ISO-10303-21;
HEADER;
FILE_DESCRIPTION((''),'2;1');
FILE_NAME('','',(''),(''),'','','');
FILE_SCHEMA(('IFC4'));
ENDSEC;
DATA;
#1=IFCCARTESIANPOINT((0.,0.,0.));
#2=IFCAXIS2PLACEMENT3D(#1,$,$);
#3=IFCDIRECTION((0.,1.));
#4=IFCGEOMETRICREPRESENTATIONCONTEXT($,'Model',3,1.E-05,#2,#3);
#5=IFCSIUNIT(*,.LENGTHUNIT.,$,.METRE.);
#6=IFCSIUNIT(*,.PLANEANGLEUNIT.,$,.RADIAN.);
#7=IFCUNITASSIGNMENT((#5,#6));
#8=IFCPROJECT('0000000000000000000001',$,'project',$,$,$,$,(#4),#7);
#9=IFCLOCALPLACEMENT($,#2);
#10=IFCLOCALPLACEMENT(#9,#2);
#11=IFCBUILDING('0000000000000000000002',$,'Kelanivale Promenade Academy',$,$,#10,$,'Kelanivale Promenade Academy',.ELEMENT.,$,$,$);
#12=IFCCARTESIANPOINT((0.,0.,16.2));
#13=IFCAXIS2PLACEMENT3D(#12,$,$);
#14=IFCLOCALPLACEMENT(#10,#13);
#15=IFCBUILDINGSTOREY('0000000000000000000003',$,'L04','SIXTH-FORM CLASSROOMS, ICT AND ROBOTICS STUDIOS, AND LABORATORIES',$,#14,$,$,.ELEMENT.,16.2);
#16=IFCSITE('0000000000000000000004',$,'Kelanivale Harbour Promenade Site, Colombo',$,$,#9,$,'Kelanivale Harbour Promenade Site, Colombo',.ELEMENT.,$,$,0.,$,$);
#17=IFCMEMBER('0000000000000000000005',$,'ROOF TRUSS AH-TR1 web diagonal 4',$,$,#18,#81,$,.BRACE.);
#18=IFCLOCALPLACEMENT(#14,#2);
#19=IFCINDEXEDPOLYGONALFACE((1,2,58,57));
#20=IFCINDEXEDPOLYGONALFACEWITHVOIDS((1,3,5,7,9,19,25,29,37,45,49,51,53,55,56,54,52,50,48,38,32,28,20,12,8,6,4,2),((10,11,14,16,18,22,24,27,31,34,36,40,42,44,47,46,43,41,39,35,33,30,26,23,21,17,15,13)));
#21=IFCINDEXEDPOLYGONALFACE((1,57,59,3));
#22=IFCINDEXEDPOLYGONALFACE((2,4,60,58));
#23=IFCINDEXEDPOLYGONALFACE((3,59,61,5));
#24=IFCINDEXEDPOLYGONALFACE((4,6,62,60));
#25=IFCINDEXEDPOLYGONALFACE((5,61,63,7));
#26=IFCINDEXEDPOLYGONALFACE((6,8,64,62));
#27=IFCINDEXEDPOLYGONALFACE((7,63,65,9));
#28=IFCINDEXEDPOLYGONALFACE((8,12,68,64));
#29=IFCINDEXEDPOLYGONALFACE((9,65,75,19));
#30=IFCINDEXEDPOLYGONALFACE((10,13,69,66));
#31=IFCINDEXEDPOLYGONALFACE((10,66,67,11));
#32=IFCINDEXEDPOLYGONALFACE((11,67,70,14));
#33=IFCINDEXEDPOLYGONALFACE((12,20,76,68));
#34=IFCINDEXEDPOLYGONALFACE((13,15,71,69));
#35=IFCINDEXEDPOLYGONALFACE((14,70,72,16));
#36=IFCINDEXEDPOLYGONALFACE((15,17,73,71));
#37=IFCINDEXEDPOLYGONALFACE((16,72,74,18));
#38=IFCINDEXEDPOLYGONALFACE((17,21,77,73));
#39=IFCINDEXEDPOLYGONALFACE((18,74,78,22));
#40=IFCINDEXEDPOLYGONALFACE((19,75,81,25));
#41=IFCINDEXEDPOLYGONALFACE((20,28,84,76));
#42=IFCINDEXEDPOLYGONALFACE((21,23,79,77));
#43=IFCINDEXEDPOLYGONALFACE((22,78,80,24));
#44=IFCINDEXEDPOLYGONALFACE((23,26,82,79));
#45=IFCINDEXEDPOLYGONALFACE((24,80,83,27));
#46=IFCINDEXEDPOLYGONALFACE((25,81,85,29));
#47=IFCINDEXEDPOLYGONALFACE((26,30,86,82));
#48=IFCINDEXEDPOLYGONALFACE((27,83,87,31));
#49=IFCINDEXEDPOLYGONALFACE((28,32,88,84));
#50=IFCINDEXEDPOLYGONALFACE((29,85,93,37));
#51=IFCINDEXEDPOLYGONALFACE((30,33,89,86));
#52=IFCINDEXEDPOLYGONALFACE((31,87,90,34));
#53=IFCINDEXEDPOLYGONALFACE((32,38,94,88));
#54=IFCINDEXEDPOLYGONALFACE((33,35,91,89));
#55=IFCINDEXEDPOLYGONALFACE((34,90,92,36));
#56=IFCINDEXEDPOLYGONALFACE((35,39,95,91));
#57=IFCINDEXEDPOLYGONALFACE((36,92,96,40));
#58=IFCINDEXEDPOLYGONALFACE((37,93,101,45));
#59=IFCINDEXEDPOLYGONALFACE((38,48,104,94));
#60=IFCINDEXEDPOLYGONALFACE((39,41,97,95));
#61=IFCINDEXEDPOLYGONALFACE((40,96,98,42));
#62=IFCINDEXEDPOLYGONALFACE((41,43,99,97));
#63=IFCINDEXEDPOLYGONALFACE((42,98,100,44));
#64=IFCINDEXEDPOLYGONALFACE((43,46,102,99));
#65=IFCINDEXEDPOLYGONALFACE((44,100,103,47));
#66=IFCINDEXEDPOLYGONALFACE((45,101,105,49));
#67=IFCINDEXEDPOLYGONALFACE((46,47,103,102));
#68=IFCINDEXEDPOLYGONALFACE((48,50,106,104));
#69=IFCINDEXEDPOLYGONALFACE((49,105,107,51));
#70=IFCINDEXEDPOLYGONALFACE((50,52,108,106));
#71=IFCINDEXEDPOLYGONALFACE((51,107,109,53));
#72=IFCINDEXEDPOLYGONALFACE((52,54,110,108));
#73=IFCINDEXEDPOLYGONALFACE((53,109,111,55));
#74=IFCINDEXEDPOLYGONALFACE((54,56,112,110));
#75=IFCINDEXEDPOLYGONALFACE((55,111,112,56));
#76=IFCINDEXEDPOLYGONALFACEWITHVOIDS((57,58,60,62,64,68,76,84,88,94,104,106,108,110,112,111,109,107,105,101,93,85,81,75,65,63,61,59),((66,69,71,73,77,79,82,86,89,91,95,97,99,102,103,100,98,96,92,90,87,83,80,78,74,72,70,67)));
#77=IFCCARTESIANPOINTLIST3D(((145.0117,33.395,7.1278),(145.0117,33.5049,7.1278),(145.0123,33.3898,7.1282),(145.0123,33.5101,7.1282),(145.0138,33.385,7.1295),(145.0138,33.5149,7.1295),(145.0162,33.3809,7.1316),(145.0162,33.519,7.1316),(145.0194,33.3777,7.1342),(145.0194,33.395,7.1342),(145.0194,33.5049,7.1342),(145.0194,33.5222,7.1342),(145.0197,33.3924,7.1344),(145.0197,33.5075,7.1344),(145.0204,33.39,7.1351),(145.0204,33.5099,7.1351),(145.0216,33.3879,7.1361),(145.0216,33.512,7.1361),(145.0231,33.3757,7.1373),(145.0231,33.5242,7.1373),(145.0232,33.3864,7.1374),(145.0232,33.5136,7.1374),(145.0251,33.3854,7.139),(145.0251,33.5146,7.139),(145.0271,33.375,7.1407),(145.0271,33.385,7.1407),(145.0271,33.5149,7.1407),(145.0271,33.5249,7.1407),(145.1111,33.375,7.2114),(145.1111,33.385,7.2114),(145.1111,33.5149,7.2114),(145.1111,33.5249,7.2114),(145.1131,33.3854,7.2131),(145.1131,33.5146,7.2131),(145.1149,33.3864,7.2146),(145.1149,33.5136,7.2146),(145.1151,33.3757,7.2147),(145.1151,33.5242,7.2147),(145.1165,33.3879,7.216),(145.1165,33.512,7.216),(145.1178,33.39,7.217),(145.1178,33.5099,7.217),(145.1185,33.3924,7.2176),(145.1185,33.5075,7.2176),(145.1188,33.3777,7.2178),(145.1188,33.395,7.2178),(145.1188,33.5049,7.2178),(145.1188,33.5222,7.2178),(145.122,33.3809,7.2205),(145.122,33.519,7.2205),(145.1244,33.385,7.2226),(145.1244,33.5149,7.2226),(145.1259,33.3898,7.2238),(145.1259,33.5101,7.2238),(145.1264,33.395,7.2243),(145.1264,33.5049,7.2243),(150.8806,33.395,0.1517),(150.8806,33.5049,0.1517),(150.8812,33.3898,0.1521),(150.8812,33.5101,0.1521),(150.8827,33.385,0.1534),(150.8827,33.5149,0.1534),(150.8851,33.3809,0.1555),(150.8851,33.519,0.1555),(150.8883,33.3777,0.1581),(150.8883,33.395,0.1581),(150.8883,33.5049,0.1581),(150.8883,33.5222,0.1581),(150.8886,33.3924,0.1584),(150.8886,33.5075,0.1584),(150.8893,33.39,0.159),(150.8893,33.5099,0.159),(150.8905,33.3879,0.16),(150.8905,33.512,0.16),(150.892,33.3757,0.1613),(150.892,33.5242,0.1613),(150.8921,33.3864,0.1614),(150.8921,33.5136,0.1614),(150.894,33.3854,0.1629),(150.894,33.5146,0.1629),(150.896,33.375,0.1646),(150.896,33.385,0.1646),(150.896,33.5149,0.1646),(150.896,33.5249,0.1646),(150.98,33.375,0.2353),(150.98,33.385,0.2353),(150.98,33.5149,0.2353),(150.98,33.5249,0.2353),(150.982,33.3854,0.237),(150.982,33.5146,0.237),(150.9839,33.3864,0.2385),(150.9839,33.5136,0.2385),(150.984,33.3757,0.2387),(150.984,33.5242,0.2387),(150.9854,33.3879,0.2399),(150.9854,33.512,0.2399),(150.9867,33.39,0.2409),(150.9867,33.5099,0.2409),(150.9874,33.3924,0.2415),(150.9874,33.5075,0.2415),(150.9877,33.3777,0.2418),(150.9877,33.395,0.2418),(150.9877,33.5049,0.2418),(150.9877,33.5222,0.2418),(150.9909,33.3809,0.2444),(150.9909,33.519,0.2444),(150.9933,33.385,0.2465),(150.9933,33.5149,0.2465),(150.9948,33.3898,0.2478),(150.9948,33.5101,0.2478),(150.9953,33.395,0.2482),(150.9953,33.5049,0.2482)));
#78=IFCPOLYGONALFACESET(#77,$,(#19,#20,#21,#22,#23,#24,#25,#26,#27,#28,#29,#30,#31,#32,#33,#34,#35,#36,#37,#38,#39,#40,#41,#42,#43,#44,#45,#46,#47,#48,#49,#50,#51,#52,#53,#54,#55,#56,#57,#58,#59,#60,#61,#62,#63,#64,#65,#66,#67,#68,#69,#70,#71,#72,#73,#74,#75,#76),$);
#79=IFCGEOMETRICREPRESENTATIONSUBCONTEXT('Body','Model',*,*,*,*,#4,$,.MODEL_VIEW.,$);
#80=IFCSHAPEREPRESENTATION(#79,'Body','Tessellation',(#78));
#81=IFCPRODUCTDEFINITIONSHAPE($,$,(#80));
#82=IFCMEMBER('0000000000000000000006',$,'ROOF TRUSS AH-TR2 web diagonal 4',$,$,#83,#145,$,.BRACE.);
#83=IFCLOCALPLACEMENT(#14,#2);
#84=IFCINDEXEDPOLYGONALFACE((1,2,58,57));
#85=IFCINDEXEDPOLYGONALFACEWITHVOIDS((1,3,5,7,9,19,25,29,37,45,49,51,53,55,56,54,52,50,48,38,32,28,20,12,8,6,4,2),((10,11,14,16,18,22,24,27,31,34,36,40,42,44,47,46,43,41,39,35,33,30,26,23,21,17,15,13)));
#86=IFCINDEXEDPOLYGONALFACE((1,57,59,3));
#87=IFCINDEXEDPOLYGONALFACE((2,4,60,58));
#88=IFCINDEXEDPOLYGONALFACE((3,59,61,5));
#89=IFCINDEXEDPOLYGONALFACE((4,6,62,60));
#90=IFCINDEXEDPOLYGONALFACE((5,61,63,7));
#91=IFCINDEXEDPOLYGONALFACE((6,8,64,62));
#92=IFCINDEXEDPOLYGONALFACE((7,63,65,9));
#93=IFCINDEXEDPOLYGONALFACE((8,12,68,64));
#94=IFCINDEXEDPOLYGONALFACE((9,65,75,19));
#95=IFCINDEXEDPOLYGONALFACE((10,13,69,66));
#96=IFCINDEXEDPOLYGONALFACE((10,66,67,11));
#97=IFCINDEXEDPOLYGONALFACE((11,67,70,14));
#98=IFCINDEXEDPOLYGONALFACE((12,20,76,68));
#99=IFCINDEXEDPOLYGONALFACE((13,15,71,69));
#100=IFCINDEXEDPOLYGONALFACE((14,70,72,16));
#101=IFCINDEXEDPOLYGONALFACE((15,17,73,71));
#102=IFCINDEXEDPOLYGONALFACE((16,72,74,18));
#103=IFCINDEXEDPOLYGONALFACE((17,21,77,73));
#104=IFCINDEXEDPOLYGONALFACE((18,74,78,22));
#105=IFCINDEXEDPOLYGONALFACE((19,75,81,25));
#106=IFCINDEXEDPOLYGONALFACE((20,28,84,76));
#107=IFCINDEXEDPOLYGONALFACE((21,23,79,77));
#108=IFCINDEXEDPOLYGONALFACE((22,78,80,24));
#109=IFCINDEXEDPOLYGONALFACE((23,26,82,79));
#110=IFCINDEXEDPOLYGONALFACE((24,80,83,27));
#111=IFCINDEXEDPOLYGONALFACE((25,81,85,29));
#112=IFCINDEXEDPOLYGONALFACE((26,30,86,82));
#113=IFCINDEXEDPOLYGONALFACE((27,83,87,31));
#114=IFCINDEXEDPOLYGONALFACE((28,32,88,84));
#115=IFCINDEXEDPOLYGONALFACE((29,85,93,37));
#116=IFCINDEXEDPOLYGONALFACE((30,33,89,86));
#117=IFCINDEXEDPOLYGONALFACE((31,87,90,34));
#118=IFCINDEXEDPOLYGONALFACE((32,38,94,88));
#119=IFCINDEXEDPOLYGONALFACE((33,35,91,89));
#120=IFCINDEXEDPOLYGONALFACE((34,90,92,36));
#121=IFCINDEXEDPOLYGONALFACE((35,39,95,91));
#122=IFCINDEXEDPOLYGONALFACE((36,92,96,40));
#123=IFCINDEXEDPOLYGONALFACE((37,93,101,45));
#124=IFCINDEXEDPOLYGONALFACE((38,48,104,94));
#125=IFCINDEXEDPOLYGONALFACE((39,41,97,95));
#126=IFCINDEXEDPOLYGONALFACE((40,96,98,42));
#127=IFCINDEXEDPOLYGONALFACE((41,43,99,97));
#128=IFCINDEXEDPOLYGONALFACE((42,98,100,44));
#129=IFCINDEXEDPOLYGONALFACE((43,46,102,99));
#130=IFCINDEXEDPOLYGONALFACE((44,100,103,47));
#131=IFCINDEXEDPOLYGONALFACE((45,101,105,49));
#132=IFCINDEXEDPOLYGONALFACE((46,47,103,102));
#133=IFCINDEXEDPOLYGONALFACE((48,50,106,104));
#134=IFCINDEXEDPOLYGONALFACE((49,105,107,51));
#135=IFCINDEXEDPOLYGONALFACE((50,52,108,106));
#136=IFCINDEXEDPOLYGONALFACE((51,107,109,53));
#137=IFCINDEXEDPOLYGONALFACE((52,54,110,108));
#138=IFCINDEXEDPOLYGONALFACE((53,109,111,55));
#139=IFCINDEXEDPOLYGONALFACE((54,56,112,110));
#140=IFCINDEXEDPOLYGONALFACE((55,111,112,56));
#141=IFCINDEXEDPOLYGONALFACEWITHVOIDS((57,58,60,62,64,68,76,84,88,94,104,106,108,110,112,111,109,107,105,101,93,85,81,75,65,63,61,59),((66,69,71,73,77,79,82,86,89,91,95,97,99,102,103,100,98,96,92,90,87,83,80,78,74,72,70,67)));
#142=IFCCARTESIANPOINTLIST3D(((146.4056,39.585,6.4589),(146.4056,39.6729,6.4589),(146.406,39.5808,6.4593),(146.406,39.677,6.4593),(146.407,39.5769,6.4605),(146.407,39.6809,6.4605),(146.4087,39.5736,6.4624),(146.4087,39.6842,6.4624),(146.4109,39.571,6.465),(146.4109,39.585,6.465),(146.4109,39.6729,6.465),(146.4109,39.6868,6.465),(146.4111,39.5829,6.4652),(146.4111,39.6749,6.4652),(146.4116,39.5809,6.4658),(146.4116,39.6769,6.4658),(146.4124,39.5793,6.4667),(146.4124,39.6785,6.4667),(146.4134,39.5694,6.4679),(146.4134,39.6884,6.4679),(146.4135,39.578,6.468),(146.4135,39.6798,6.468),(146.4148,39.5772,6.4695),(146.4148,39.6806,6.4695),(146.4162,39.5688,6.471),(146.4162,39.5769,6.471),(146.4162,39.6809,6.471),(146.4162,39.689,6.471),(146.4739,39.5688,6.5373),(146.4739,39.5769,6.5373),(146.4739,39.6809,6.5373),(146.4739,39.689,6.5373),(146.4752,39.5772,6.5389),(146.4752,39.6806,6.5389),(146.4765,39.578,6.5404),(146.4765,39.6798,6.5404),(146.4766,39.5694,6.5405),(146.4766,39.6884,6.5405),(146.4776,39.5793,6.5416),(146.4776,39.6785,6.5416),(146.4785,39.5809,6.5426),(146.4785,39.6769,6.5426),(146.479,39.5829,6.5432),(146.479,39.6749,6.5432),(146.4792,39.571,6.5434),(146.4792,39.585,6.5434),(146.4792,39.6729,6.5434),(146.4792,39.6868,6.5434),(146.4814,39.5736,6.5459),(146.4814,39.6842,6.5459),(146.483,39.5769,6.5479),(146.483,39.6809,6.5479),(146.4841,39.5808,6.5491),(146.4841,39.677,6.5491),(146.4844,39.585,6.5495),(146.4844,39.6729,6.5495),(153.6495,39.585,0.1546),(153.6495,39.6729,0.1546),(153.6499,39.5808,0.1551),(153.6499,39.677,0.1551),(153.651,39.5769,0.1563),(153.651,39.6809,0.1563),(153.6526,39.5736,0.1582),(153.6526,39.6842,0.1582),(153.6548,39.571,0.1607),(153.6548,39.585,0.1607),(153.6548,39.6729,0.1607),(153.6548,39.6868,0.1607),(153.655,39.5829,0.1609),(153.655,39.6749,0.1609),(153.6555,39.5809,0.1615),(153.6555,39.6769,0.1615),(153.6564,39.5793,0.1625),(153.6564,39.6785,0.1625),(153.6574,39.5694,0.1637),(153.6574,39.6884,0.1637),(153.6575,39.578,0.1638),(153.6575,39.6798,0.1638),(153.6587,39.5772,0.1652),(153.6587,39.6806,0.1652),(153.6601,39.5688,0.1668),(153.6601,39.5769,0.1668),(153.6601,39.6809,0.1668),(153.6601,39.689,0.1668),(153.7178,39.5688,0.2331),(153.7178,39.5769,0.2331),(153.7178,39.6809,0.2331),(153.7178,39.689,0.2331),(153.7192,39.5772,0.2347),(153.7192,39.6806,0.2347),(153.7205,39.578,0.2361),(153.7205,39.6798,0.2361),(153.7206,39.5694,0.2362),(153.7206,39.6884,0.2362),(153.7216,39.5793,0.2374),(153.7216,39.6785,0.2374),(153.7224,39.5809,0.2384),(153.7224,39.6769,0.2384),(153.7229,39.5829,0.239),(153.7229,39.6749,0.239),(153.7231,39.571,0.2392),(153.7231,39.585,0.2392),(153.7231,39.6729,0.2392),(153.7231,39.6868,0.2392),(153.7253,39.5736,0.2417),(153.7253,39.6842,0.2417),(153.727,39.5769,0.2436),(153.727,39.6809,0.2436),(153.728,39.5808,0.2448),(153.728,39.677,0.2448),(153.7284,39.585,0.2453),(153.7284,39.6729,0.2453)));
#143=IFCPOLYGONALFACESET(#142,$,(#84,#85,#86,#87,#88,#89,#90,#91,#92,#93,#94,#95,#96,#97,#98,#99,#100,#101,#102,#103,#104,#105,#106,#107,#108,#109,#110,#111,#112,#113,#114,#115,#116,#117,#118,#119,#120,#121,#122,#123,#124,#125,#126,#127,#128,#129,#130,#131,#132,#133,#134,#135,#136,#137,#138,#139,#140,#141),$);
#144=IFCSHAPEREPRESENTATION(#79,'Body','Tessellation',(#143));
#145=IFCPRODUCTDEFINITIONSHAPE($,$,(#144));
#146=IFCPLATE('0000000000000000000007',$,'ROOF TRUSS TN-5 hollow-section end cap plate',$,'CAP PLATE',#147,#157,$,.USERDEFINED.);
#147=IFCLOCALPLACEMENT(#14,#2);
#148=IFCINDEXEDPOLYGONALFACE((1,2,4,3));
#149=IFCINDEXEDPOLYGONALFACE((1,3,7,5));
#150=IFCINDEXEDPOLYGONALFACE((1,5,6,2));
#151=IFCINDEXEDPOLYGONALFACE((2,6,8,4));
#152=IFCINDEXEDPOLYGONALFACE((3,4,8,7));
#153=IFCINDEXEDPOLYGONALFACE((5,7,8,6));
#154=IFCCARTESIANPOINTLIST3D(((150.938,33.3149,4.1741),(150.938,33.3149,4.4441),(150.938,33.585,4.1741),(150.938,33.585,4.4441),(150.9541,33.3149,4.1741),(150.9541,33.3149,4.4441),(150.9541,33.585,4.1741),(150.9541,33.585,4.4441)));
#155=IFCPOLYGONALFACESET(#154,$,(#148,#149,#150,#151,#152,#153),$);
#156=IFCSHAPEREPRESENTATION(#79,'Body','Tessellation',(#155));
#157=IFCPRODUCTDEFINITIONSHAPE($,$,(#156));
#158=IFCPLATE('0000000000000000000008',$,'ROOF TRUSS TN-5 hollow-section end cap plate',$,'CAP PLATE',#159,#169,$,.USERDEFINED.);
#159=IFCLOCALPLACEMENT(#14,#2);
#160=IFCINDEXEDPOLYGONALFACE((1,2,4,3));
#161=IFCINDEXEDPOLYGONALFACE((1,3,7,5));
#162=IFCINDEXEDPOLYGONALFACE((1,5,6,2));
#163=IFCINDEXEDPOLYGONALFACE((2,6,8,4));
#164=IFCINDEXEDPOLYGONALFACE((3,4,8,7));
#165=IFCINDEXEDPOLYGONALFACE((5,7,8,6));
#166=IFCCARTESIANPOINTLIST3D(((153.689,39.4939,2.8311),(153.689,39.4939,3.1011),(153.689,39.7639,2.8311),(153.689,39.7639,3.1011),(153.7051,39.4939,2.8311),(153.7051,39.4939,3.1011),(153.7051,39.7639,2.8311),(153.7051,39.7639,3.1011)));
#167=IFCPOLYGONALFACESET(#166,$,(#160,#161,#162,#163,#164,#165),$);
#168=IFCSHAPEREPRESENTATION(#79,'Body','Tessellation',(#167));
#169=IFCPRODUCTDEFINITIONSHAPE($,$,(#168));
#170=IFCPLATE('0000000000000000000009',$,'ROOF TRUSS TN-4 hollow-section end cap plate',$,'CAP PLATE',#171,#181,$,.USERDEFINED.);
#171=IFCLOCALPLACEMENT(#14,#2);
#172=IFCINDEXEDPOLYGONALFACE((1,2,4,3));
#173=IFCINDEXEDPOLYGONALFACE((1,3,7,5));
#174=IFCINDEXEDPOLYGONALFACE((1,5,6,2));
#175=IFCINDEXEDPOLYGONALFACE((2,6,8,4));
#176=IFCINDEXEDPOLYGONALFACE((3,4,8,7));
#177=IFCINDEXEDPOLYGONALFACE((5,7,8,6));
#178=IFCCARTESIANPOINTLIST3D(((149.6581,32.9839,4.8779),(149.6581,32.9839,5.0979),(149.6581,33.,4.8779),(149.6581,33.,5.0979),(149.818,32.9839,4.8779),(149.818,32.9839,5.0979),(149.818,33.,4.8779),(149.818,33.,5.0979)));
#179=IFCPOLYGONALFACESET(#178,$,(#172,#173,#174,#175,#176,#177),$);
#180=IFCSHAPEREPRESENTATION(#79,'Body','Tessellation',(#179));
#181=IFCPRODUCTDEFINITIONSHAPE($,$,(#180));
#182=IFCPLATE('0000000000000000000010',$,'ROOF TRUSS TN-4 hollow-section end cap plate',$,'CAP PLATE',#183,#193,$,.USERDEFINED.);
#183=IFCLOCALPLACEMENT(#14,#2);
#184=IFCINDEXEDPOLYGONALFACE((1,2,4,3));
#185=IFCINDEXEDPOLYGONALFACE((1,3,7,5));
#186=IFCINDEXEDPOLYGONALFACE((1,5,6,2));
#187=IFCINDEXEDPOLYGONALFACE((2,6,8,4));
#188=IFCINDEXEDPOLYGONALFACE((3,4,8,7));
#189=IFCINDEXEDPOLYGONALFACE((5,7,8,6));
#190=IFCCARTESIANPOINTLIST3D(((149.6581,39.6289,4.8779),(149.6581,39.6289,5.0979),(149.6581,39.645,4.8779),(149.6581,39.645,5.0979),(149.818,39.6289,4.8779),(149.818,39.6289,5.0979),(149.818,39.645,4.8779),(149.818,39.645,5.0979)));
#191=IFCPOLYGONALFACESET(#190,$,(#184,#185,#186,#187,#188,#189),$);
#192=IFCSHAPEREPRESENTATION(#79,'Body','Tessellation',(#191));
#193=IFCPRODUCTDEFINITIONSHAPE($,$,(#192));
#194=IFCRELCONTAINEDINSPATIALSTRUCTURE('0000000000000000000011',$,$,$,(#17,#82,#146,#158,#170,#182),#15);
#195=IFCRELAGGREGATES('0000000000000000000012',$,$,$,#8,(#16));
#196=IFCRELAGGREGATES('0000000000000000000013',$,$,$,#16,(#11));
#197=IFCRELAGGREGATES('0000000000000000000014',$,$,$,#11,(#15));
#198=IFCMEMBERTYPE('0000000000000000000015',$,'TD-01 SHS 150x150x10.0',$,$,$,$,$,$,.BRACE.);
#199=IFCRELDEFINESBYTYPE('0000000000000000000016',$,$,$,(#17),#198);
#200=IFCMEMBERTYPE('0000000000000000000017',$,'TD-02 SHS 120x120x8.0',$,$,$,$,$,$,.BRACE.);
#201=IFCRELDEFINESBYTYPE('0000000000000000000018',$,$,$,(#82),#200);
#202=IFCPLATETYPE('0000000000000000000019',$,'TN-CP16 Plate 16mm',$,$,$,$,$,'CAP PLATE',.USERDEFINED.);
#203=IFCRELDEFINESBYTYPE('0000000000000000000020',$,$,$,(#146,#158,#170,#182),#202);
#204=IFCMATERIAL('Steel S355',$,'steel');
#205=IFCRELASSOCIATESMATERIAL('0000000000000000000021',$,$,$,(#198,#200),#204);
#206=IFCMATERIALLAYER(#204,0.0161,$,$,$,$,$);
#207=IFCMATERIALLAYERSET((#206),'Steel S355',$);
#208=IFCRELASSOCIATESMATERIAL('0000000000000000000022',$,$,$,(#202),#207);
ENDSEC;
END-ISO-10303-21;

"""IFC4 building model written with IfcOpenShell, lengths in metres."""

from ifc_helpers import new_model, si_unit, direction, frame, origin, origin_2d, place, context, subcontext, project, spatial, rectangle, hollow_rectangle, extrude, material, layer, layer_set, material_profile, profile_set, type_object, element, save


model = new_model("IFC4")

# Units and contexts
model_context = context("Model", 3, precision=1e-05, world=origin(), true_north=direction((0.0, 1.0)))
body_context = subcontext(model_context, "Body", "Model", "MODEL_VIEW")
ifc_project = project(units=[si_unit("LENGTHUNIT", "METRE"), si_unit("PLANEANGLEUNIT", "RADIAN")], contexts=[model_context])

# Site, building, storey
site_placement = place(None, origin())
site = spatial("IfcSite", under=ifc_project, at=site_placement, Name="Kelanivale Harbour Promenade Site, Colombo", LongName="Kelanivale Harbour Promenade Site, Colombo", CompositionType="ELEMENT", RefElevation=0.0)
building_placement = place(site_placement, origin())
building = spatial("IfcBuilding", under=site, at=building_placement, Name="Kelanivale Promenade Academy", LongName="Kelanivale Promenade Academy", CompositionType="ELEMENT")
storey_placement = place(building_placement, frame((0.0, 0.0, 16.2)))
storey = spatial("IfcBuildingStorey", under=building, at=storey_placement, Name="L04", Description="SIXTH-FORM CLASSROOMS, ICT AND ROBOTICS STUDIOS, AND LABORATORIES", CompositionType="ELEMENT", Elevation=16.2)

# Shared definitions
ifc_material_1 = material(Name="Steel S355", Category="steel")

# Members
ifc_material_profile_1 = material_profile(ifc_material_1, hollow_rectangle(XDim=0.1499, YDim=0.1499, WallThickness=0.01, InnerFilletRadius=0.01, OuterFilletRadius=0.02, at=origin_2d()), Name="SHS 150x150x10.0")
ifc_profile_set_1 = profile_set([ifc_material_profile_1], Name="Steel S355")
member_type_1 = type_object("IfcMemberType", Name="TD-01 SHS 150x150x10.0", PredefinedType="BRACE", material=ifc_profile_set_1)
member_1_placement = place(storey_placement, frame((150.938, 33.45, 0.2), z_axis=(-0.64377, 0.0, 0.765219), x_axis=(0.0, -1.0, 0.0)))
element("IfcMember", 1, at=member_1_placement, inside=storey, type_object=member_type_1, Name="ROOF TRUSS AH-TR1 web diagonal 4", PredefinedType="BRACE", context=body_context, shape_type="SweptSolid", body=[
    extrude(hollow_rectangle(XDim=0.1499, YDim=0.1499, WallThickness=0.01, InnerFilletRadius=0.01, OuterFilletRadius=0.02, at=origin_2d()), origin(), (0.0, 0.0, 1.0), 9.1165),
])
ifc_material_profile_2 = material_profile(ifc_material_1, hollow_rectangle(XDim=0.1201, YDim=0.1201, WallThickness=0.0081, InnerFilletRadius=0.0081, OuterFilletRadius=0.0161, at=origin_2d()), Name="SHS 120x120x8.0")
ifc_profile_set_2 = profile_set([ifc_material_profile_2], Name="Steel S355")
member_type_2 = type_object("IfcMemberType", Name="TD-02 SHS 120x120x8.0", PredefinedType="BRACE", material=ifc_profile_set_2)
member_2_placement = place(storey_placement, frame((153.689, 39.6289, 0.2), z_axis=(-0.754339, 0.0, 0.656485), x_axis=(0.0, -1.0, 0.0)))
element("IfcMember", 2, at=member_2_placement, inside=storey, type_object=member_type_2, Name="ROOF TRUSS AH-TR2 web diagonal 4", PredefinedType="BRACE", context=body_context, shape_type="SweptSolid", body=[
    extrude(hollow_rectangle(XDim=0.1201, YDim=0.1201, WallThickness=0.0081, InnerFilletRadius=0.0081, OuterFilletRadius=0.0161, at=origin_2d()), origin(), (0.0, 0.0, 1.0), 9.603),
])

# Plates
ifc_layer_1 = layer(ifc_material_1, 0.0161)
ifc_layer_set_1 = layer_set([ifc_layer_1], Name="Steel S355")
plate_type_1 = type_object("IfcPlateType", Name="TN-CP16 Plate 16mm", ElementType="CAP PLATE", PredefinedType="USERDEFINED", material=ifc_layer_set_1)
for number, where, z_axis, x_axis, name in (
    (3, (150.946, 33.45, 4.1741), (0.0, 0.0, 1.0), (1.0, 0.0, 0.0), "ROOF TRUSS TN-5 hollow-section end cap plate"),
    (4, (153.697, 39.6289, 2.8311), (0.0, 0.0, 1.0), (1.0, 0.0, 0.0), "ROOF TRUSS TN-5 hollow-section end cap plate"),
):
    element("IfcPlate", number, at=place(storey_placement, frame(where, z_axis=z_axis, x_axis=x_axis)), inside=storey, type_object=plate_type_1, Name=name, ObjectType="CAP PLATE", PredefinedType="USERDEFINED", context=body_context, shape_type="SweptSolid", body=[
        extrude(rectangle(XDim=0.0161, YDim=0.27, at=origin_2d()), origin(), (0.0, 0.0, 1.0), 0.27),
    ])
for number, where, z_axis, x_axis, name in (
    (5, (149.738, 32.9919, 4.8779), (0.0, 0.0, 1.0), (0.0, -1.0, 0.0), "ROOF TRUSS TN-4 hollow-section end cap plate"),
    (6, (149.738, 39.637, 4.8779), (0.0, 0.0, 1.0), (0.0, 1.0, 0.0), "ROOF TRUSS TN-4 hollow-section end cap plate"),
):
    element("IfcPlate", number, at=place(storey_placement, frame(where, z_axis=z_axis, x_axis=x_axis)), inside=storey, type_object=plate_type_1, Name=name, ObjectType="CAP PLATE", PredefinedType="USERDEFINED", context=body_context, shape_type="SweptSolid", body=[
        extrude(rectangle(XDim=0.0161, YDim=0.1599, at=origin_2d()), origin(), (0.0, 0.0, 1.0), 0.22),
    ])

save(model, "model.ifc")
